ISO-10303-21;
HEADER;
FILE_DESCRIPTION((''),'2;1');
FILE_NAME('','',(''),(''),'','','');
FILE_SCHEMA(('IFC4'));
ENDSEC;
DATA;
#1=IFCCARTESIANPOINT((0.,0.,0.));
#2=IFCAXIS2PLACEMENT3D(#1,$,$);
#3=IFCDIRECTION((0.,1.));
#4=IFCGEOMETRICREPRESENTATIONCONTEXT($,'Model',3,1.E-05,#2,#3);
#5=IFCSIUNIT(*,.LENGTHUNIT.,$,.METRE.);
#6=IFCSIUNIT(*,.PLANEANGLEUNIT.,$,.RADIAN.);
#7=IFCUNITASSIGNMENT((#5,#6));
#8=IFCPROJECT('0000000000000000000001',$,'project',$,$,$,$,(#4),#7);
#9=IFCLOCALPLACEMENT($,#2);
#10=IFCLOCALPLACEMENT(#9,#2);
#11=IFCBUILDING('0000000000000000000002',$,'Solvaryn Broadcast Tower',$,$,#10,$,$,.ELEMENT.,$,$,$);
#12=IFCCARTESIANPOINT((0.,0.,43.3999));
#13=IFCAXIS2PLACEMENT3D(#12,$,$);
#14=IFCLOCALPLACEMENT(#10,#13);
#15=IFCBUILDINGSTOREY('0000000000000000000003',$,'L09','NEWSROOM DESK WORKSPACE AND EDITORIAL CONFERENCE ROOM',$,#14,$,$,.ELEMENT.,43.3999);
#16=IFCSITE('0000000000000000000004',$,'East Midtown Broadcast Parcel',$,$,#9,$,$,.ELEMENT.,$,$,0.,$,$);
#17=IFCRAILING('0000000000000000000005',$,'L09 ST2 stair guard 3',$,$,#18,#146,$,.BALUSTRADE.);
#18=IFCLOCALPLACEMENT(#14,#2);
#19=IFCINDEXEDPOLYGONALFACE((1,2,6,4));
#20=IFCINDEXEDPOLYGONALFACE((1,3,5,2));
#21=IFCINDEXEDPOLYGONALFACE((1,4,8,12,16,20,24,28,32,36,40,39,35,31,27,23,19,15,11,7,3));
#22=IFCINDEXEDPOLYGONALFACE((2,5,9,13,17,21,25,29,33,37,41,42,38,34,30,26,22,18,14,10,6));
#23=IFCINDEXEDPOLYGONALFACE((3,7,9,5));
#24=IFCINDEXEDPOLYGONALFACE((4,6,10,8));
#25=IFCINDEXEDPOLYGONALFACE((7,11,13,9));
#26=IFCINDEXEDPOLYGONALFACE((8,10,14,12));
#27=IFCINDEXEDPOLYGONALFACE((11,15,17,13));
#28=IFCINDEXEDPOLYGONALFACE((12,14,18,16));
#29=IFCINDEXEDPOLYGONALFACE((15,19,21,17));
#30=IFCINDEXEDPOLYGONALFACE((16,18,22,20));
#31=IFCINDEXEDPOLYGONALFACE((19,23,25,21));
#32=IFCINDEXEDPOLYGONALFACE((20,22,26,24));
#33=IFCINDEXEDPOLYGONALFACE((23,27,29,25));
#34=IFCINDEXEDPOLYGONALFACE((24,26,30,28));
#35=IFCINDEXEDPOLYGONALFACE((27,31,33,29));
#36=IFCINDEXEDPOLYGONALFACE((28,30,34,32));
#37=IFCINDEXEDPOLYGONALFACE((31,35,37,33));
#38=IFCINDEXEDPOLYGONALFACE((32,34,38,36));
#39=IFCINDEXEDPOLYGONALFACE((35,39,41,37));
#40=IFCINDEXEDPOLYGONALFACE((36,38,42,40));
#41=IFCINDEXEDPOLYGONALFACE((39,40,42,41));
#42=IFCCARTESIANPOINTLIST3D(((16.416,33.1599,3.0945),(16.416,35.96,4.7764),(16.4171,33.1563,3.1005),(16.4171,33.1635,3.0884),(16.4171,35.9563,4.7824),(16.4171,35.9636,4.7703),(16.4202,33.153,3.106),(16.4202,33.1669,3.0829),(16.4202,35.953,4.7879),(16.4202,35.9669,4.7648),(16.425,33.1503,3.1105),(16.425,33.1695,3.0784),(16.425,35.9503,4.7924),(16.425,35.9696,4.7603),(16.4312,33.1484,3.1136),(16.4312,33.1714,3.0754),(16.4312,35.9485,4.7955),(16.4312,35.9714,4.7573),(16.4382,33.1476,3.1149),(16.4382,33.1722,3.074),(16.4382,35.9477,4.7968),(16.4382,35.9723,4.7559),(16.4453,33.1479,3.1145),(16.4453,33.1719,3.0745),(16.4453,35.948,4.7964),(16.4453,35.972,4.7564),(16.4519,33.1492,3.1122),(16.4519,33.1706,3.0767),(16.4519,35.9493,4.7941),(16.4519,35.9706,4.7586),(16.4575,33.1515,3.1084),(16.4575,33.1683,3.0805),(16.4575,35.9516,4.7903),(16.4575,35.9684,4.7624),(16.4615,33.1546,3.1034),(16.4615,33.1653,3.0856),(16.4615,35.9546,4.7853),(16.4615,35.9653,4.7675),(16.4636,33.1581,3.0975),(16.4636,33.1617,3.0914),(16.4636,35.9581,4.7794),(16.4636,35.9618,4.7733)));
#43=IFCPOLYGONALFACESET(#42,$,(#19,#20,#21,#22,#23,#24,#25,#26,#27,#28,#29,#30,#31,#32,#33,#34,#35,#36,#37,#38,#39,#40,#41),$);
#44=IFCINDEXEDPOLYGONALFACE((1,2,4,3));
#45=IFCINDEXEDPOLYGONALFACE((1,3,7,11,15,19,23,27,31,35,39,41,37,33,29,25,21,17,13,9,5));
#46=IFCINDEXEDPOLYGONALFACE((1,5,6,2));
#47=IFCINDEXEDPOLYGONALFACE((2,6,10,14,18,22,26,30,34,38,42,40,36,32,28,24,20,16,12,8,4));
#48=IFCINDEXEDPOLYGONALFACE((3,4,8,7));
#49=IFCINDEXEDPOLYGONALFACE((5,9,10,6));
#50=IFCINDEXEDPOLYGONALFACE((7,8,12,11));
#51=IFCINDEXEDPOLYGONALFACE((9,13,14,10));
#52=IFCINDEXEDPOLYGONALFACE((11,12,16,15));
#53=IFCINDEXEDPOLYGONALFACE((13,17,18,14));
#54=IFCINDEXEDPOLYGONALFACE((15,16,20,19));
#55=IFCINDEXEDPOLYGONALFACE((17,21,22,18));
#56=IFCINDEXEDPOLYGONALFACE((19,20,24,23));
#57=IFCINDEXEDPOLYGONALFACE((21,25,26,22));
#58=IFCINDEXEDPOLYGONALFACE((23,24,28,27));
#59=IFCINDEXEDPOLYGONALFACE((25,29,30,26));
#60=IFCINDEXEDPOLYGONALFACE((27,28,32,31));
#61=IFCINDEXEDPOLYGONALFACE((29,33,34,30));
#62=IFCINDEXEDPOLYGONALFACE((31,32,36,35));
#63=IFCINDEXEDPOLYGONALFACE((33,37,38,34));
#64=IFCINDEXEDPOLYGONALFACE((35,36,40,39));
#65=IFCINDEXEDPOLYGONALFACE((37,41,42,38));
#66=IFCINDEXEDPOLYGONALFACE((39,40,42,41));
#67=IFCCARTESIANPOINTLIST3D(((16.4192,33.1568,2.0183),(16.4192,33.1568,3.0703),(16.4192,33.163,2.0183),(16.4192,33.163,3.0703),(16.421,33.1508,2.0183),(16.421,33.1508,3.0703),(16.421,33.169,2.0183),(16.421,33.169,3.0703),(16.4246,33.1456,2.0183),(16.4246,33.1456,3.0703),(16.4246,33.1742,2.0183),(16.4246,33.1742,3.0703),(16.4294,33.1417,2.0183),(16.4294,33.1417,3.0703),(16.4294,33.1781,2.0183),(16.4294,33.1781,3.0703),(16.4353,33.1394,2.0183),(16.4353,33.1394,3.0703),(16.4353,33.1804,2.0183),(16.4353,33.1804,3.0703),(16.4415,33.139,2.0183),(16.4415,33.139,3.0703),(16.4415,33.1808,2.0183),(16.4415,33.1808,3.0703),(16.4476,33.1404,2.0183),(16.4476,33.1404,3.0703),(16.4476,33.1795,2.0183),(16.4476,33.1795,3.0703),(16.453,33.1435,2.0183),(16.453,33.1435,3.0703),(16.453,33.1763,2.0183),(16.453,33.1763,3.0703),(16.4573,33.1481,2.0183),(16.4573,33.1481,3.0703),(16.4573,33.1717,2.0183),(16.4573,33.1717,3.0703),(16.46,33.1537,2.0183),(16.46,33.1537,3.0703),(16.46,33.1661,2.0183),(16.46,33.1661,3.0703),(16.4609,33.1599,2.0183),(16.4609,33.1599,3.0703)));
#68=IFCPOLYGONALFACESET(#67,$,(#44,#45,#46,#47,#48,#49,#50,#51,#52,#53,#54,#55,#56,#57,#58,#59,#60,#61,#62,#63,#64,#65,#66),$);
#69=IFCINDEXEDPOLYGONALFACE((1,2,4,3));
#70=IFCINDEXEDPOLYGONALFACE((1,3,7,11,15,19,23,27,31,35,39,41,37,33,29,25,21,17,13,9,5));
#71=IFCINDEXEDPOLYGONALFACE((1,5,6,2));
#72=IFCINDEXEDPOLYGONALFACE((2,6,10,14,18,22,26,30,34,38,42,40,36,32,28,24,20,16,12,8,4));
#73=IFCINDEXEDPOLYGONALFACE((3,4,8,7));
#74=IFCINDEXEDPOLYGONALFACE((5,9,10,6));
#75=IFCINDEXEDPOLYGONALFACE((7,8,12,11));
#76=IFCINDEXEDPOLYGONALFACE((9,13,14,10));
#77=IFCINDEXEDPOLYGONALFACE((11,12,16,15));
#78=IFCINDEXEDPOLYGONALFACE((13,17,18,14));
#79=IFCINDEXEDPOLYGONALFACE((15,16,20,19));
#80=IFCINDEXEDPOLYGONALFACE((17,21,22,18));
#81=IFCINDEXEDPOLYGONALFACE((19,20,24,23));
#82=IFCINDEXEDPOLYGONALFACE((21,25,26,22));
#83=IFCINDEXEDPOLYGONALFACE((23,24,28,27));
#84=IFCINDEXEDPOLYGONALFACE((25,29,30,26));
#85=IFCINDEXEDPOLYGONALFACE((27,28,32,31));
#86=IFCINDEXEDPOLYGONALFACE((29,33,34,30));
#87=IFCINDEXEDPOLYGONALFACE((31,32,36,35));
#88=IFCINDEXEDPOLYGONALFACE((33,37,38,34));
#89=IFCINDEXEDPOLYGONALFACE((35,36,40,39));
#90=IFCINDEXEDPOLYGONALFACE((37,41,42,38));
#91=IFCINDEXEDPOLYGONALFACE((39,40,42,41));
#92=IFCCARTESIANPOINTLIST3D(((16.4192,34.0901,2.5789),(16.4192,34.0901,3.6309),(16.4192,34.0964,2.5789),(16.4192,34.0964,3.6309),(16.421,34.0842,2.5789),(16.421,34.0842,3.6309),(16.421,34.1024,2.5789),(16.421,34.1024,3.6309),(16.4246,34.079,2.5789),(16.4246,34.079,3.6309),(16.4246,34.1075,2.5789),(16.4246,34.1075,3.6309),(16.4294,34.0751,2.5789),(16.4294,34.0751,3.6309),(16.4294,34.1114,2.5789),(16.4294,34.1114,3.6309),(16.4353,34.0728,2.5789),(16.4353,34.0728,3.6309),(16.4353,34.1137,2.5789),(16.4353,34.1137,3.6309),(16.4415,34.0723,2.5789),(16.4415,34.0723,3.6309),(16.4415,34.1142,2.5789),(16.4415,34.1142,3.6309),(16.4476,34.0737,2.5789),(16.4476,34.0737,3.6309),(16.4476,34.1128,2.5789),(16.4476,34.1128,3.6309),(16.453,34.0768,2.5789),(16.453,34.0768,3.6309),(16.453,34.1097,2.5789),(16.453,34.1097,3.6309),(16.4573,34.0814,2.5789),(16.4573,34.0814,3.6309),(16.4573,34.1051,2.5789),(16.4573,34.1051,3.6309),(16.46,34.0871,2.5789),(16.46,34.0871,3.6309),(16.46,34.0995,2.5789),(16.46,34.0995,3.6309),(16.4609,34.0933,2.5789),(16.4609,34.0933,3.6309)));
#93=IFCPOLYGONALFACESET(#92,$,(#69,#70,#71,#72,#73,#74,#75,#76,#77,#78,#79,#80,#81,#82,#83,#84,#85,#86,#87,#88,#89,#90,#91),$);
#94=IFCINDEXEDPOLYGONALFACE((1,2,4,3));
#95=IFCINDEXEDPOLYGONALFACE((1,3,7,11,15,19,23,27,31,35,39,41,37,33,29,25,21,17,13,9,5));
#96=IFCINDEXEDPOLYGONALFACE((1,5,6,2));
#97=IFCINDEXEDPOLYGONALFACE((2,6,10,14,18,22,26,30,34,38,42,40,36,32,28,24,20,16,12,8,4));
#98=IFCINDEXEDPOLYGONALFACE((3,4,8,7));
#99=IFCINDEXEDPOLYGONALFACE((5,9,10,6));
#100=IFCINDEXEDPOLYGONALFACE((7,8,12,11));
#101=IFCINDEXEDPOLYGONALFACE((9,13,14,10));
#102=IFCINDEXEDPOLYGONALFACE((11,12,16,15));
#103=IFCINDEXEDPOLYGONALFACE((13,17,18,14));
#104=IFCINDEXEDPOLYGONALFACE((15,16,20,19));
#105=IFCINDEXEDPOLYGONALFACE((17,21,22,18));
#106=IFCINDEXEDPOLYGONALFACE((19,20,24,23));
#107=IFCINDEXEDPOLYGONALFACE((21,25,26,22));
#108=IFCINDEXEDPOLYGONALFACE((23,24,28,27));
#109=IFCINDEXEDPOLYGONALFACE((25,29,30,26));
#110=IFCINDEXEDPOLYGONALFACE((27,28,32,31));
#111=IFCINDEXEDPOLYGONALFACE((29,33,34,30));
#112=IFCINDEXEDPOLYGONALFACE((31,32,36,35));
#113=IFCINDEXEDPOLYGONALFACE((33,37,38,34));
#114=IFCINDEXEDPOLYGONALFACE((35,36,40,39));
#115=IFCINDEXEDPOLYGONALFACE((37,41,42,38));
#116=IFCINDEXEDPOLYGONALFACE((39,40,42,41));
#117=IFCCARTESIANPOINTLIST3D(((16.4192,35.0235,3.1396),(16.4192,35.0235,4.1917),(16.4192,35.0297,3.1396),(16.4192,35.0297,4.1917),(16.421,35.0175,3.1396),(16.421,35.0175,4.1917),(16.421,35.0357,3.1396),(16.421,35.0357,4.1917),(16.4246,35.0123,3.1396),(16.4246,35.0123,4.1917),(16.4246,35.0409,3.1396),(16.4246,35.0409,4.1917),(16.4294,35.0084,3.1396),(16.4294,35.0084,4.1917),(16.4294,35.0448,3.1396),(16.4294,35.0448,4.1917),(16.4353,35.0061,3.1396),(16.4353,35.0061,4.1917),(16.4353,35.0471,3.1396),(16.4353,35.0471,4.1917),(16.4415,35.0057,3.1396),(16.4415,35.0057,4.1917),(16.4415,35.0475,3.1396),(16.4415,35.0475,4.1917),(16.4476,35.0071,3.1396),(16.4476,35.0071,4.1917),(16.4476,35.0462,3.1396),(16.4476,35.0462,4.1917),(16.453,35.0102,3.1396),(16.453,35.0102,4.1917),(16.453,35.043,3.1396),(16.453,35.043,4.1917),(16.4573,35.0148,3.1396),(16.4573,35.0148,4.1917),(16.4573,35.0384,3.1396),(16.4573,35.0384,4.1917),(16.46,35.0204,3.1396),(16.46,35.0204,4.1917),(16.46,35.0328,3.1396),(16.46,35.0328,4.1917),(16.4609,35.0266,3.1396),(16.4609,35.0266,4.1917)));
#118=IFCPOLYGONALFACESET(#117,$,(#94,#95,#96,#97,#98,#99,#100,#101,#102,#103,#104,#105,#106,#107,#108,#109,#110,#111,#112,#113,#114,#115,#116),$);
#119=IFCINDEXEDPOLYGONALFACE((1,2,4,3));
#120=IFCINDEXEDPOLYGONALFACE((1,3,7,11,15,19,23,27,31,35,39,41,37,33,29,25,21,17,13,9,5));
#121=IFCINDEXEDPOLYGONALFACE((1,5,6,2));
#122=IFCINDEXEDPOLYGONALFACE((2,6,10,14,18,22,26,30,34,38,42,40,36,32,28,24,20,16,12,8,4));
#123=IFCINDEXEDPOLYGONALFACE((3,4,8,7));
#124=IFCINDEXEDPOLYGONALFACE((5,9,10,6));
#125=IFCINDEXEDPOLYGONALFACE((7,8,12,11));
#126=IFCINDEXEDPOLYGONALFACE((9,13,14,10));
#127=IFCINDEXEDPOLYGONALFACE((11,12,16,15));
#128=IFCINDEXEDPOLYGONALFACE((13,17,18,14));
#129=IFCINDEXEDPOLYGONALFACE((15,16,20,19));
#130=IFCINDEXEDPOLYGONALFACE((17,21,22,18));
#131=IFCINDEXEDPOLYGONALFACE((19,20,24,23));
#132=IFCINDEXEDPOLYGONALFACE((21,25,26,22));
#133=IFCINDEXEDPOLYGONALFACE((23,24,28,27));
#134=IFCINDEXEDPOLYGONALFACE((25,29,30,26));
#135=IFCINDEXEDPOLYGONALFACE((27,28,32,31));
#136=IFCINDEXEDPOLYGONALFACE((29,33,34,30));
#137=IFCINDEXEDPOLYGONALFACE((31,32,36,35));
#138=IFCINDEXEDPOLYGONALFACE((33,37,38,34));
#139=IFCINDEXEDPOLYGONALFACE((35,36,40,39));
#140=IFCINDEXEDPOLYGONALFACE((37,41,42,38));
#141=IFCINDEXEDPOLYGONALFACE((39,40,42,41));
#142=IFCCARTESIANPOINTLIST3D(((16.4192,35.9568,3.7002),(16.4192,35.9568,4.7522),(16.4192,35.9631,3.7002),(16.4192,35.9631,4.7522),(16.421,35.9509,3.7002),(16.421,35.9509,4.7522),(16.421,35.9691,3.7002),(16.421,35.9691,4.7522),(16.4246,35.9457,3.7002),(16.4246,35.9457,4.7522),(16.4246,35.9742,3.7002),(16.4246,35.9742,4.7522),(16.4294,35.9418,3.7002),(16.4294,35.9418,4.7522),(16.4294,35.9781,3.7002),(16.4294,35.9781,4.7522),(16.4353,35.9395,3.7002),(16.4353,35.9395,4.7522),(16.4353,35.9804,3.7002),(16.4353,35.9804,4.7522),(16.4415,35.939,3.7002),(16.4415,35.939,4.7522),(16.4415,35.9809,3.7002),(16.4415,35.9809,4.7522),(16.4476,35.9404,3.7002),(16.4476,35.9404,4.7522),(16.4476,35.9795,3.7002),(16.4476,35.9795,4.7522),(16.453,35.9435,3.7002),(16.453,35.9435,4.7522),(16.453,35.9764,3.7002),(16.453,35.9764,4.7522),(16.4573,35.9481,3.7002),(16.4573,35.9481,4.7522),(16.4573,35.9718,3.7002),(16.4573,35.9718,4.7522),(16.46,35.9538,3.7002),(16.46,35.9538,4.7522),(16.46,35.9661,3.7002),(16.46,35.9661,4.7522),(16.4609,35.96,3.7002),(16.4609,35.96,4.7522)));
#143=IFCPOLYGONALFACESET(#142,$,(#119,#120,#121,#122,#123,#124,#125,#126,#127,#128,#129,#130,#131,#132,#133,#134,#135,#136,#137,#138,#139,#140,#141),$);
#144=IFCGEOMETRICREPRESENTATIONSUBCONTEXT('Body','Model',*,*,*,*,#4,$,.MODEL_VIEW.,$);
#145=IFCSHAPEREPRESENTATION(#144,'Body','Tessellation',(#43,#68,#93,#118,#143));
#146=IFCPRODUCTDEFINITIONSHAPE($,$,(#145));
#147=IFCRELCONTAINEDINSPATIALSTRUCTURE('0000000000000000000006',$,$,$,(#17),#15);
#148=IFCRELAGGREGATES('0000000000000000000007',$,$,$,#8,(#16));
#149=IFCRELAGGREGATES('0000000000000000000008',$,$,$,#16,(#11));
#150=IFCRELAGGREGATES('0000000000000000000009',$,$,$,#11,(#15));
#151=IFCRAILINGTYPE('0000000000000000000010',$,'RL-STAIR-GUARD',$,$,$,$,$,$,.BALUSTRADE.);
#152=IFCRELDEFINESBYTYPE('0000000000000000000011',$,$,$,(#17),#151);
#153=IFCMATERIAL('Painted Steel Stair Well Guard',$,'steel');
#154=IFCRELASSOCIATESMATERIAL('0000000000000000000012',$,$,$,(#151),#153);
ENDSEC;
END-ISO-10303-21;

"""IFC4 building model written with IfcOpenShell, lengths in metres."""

from ifc_helpers import new_model, si_unit, direction, frame, origin, origin_2d, place, context, subcontext, project, spatial, circle, extrude, material, type_object, element, save


model = new_model("IFC4")

# Units and contexts
model_context = context("Model", 3, precision=1e-05, world=origin(), true_north=direction((0.0, 1.0)))
body_context = subcontext(model_context, "Body", "Model", "MODEL_VIEW")
ifc_project = project(units=[si_unit("LENGTHUNIT", "METRE"), si_unit("PLANEANGLEUNIT", "RADIAN")], contexts=[model_context])

# Site, building, storey
site_placement = place(None, origin())
site = spatial("IfcSite", under=ifc_project, at=site_placement, Name="East Midtown Broadcast Parcel", CompositionType="ELEMENT", RefElevation=0.0)
building_placement = place(site_placement, origin())
building = spatial("IfcBuilding", under=site, at=building_placement, Name="Solvaryn Broadcast Tower", CompositionType="ELEMENT")
storey_placement = place(building_placement, frame((0.0, 0.0, 43.3999)))
storey = spatial("IfcBuildingStorey", under=building, at=storey_placement, Name="L09", Description="NEWSROOM DESK WORKSPACE AND EDITORIAL CONFERENCE ROOM", CompositionType="ELEMENT", Elevation=43.3999)

# Railing
ifc_material_1 = material(Name="Painted Steel Stair Well Guard", Category="steel")
railing_type_1 = type_object("IfcRailingType", Name="RL-STAIR-GUARD", PredefinedType="BALUSTRADE", material=ifc_material_1)
railing_1_placement = place(storey_placement, frame((16.4399, 33.1599, 2.0183)))
element("IfcRailing", 1, at=railing_1_placement, inside=storey, type_object=railing_type_1, Name="L09 ST2 stair guard 3", PredefinedType="BALUSTRADE", context=body_context, shape_type="SweptSolid", body=[
    extrude(circle(Radius=0.0239, at=origin_2d()), frame((0.0, 0.0, 1.0762), z_axis=(0.0, 0.857242, 0.514913), x_axis=(-1.0, 0.0, 0.0)), (0.0, 0.0, 1.0), 3.2664),
    extrude(circle(Radius=0.021, at=origin_2d()), origin(), (0.0, 0.0, 1.0), 1.052),
    extrude(circle(Radius=0.021, at=origin_2d()), frame((0.0, 0.9333, 0.5605)), (0.0, 0.0, 1.0), 1.052),
    extrude(circle(Radius=0.021, at=origin_2d()), frame((0.0, 1.8667, 1.1213)), (0.0, 0.0, 1.0), 1.052),
    extrude(circle(Radius=0.021, at=origin_2d()), frame((0.0, 2.8, 1.6819)), (0.0, 0.0, 1.0), 1.052),
])

save(model, "model.ifc")
